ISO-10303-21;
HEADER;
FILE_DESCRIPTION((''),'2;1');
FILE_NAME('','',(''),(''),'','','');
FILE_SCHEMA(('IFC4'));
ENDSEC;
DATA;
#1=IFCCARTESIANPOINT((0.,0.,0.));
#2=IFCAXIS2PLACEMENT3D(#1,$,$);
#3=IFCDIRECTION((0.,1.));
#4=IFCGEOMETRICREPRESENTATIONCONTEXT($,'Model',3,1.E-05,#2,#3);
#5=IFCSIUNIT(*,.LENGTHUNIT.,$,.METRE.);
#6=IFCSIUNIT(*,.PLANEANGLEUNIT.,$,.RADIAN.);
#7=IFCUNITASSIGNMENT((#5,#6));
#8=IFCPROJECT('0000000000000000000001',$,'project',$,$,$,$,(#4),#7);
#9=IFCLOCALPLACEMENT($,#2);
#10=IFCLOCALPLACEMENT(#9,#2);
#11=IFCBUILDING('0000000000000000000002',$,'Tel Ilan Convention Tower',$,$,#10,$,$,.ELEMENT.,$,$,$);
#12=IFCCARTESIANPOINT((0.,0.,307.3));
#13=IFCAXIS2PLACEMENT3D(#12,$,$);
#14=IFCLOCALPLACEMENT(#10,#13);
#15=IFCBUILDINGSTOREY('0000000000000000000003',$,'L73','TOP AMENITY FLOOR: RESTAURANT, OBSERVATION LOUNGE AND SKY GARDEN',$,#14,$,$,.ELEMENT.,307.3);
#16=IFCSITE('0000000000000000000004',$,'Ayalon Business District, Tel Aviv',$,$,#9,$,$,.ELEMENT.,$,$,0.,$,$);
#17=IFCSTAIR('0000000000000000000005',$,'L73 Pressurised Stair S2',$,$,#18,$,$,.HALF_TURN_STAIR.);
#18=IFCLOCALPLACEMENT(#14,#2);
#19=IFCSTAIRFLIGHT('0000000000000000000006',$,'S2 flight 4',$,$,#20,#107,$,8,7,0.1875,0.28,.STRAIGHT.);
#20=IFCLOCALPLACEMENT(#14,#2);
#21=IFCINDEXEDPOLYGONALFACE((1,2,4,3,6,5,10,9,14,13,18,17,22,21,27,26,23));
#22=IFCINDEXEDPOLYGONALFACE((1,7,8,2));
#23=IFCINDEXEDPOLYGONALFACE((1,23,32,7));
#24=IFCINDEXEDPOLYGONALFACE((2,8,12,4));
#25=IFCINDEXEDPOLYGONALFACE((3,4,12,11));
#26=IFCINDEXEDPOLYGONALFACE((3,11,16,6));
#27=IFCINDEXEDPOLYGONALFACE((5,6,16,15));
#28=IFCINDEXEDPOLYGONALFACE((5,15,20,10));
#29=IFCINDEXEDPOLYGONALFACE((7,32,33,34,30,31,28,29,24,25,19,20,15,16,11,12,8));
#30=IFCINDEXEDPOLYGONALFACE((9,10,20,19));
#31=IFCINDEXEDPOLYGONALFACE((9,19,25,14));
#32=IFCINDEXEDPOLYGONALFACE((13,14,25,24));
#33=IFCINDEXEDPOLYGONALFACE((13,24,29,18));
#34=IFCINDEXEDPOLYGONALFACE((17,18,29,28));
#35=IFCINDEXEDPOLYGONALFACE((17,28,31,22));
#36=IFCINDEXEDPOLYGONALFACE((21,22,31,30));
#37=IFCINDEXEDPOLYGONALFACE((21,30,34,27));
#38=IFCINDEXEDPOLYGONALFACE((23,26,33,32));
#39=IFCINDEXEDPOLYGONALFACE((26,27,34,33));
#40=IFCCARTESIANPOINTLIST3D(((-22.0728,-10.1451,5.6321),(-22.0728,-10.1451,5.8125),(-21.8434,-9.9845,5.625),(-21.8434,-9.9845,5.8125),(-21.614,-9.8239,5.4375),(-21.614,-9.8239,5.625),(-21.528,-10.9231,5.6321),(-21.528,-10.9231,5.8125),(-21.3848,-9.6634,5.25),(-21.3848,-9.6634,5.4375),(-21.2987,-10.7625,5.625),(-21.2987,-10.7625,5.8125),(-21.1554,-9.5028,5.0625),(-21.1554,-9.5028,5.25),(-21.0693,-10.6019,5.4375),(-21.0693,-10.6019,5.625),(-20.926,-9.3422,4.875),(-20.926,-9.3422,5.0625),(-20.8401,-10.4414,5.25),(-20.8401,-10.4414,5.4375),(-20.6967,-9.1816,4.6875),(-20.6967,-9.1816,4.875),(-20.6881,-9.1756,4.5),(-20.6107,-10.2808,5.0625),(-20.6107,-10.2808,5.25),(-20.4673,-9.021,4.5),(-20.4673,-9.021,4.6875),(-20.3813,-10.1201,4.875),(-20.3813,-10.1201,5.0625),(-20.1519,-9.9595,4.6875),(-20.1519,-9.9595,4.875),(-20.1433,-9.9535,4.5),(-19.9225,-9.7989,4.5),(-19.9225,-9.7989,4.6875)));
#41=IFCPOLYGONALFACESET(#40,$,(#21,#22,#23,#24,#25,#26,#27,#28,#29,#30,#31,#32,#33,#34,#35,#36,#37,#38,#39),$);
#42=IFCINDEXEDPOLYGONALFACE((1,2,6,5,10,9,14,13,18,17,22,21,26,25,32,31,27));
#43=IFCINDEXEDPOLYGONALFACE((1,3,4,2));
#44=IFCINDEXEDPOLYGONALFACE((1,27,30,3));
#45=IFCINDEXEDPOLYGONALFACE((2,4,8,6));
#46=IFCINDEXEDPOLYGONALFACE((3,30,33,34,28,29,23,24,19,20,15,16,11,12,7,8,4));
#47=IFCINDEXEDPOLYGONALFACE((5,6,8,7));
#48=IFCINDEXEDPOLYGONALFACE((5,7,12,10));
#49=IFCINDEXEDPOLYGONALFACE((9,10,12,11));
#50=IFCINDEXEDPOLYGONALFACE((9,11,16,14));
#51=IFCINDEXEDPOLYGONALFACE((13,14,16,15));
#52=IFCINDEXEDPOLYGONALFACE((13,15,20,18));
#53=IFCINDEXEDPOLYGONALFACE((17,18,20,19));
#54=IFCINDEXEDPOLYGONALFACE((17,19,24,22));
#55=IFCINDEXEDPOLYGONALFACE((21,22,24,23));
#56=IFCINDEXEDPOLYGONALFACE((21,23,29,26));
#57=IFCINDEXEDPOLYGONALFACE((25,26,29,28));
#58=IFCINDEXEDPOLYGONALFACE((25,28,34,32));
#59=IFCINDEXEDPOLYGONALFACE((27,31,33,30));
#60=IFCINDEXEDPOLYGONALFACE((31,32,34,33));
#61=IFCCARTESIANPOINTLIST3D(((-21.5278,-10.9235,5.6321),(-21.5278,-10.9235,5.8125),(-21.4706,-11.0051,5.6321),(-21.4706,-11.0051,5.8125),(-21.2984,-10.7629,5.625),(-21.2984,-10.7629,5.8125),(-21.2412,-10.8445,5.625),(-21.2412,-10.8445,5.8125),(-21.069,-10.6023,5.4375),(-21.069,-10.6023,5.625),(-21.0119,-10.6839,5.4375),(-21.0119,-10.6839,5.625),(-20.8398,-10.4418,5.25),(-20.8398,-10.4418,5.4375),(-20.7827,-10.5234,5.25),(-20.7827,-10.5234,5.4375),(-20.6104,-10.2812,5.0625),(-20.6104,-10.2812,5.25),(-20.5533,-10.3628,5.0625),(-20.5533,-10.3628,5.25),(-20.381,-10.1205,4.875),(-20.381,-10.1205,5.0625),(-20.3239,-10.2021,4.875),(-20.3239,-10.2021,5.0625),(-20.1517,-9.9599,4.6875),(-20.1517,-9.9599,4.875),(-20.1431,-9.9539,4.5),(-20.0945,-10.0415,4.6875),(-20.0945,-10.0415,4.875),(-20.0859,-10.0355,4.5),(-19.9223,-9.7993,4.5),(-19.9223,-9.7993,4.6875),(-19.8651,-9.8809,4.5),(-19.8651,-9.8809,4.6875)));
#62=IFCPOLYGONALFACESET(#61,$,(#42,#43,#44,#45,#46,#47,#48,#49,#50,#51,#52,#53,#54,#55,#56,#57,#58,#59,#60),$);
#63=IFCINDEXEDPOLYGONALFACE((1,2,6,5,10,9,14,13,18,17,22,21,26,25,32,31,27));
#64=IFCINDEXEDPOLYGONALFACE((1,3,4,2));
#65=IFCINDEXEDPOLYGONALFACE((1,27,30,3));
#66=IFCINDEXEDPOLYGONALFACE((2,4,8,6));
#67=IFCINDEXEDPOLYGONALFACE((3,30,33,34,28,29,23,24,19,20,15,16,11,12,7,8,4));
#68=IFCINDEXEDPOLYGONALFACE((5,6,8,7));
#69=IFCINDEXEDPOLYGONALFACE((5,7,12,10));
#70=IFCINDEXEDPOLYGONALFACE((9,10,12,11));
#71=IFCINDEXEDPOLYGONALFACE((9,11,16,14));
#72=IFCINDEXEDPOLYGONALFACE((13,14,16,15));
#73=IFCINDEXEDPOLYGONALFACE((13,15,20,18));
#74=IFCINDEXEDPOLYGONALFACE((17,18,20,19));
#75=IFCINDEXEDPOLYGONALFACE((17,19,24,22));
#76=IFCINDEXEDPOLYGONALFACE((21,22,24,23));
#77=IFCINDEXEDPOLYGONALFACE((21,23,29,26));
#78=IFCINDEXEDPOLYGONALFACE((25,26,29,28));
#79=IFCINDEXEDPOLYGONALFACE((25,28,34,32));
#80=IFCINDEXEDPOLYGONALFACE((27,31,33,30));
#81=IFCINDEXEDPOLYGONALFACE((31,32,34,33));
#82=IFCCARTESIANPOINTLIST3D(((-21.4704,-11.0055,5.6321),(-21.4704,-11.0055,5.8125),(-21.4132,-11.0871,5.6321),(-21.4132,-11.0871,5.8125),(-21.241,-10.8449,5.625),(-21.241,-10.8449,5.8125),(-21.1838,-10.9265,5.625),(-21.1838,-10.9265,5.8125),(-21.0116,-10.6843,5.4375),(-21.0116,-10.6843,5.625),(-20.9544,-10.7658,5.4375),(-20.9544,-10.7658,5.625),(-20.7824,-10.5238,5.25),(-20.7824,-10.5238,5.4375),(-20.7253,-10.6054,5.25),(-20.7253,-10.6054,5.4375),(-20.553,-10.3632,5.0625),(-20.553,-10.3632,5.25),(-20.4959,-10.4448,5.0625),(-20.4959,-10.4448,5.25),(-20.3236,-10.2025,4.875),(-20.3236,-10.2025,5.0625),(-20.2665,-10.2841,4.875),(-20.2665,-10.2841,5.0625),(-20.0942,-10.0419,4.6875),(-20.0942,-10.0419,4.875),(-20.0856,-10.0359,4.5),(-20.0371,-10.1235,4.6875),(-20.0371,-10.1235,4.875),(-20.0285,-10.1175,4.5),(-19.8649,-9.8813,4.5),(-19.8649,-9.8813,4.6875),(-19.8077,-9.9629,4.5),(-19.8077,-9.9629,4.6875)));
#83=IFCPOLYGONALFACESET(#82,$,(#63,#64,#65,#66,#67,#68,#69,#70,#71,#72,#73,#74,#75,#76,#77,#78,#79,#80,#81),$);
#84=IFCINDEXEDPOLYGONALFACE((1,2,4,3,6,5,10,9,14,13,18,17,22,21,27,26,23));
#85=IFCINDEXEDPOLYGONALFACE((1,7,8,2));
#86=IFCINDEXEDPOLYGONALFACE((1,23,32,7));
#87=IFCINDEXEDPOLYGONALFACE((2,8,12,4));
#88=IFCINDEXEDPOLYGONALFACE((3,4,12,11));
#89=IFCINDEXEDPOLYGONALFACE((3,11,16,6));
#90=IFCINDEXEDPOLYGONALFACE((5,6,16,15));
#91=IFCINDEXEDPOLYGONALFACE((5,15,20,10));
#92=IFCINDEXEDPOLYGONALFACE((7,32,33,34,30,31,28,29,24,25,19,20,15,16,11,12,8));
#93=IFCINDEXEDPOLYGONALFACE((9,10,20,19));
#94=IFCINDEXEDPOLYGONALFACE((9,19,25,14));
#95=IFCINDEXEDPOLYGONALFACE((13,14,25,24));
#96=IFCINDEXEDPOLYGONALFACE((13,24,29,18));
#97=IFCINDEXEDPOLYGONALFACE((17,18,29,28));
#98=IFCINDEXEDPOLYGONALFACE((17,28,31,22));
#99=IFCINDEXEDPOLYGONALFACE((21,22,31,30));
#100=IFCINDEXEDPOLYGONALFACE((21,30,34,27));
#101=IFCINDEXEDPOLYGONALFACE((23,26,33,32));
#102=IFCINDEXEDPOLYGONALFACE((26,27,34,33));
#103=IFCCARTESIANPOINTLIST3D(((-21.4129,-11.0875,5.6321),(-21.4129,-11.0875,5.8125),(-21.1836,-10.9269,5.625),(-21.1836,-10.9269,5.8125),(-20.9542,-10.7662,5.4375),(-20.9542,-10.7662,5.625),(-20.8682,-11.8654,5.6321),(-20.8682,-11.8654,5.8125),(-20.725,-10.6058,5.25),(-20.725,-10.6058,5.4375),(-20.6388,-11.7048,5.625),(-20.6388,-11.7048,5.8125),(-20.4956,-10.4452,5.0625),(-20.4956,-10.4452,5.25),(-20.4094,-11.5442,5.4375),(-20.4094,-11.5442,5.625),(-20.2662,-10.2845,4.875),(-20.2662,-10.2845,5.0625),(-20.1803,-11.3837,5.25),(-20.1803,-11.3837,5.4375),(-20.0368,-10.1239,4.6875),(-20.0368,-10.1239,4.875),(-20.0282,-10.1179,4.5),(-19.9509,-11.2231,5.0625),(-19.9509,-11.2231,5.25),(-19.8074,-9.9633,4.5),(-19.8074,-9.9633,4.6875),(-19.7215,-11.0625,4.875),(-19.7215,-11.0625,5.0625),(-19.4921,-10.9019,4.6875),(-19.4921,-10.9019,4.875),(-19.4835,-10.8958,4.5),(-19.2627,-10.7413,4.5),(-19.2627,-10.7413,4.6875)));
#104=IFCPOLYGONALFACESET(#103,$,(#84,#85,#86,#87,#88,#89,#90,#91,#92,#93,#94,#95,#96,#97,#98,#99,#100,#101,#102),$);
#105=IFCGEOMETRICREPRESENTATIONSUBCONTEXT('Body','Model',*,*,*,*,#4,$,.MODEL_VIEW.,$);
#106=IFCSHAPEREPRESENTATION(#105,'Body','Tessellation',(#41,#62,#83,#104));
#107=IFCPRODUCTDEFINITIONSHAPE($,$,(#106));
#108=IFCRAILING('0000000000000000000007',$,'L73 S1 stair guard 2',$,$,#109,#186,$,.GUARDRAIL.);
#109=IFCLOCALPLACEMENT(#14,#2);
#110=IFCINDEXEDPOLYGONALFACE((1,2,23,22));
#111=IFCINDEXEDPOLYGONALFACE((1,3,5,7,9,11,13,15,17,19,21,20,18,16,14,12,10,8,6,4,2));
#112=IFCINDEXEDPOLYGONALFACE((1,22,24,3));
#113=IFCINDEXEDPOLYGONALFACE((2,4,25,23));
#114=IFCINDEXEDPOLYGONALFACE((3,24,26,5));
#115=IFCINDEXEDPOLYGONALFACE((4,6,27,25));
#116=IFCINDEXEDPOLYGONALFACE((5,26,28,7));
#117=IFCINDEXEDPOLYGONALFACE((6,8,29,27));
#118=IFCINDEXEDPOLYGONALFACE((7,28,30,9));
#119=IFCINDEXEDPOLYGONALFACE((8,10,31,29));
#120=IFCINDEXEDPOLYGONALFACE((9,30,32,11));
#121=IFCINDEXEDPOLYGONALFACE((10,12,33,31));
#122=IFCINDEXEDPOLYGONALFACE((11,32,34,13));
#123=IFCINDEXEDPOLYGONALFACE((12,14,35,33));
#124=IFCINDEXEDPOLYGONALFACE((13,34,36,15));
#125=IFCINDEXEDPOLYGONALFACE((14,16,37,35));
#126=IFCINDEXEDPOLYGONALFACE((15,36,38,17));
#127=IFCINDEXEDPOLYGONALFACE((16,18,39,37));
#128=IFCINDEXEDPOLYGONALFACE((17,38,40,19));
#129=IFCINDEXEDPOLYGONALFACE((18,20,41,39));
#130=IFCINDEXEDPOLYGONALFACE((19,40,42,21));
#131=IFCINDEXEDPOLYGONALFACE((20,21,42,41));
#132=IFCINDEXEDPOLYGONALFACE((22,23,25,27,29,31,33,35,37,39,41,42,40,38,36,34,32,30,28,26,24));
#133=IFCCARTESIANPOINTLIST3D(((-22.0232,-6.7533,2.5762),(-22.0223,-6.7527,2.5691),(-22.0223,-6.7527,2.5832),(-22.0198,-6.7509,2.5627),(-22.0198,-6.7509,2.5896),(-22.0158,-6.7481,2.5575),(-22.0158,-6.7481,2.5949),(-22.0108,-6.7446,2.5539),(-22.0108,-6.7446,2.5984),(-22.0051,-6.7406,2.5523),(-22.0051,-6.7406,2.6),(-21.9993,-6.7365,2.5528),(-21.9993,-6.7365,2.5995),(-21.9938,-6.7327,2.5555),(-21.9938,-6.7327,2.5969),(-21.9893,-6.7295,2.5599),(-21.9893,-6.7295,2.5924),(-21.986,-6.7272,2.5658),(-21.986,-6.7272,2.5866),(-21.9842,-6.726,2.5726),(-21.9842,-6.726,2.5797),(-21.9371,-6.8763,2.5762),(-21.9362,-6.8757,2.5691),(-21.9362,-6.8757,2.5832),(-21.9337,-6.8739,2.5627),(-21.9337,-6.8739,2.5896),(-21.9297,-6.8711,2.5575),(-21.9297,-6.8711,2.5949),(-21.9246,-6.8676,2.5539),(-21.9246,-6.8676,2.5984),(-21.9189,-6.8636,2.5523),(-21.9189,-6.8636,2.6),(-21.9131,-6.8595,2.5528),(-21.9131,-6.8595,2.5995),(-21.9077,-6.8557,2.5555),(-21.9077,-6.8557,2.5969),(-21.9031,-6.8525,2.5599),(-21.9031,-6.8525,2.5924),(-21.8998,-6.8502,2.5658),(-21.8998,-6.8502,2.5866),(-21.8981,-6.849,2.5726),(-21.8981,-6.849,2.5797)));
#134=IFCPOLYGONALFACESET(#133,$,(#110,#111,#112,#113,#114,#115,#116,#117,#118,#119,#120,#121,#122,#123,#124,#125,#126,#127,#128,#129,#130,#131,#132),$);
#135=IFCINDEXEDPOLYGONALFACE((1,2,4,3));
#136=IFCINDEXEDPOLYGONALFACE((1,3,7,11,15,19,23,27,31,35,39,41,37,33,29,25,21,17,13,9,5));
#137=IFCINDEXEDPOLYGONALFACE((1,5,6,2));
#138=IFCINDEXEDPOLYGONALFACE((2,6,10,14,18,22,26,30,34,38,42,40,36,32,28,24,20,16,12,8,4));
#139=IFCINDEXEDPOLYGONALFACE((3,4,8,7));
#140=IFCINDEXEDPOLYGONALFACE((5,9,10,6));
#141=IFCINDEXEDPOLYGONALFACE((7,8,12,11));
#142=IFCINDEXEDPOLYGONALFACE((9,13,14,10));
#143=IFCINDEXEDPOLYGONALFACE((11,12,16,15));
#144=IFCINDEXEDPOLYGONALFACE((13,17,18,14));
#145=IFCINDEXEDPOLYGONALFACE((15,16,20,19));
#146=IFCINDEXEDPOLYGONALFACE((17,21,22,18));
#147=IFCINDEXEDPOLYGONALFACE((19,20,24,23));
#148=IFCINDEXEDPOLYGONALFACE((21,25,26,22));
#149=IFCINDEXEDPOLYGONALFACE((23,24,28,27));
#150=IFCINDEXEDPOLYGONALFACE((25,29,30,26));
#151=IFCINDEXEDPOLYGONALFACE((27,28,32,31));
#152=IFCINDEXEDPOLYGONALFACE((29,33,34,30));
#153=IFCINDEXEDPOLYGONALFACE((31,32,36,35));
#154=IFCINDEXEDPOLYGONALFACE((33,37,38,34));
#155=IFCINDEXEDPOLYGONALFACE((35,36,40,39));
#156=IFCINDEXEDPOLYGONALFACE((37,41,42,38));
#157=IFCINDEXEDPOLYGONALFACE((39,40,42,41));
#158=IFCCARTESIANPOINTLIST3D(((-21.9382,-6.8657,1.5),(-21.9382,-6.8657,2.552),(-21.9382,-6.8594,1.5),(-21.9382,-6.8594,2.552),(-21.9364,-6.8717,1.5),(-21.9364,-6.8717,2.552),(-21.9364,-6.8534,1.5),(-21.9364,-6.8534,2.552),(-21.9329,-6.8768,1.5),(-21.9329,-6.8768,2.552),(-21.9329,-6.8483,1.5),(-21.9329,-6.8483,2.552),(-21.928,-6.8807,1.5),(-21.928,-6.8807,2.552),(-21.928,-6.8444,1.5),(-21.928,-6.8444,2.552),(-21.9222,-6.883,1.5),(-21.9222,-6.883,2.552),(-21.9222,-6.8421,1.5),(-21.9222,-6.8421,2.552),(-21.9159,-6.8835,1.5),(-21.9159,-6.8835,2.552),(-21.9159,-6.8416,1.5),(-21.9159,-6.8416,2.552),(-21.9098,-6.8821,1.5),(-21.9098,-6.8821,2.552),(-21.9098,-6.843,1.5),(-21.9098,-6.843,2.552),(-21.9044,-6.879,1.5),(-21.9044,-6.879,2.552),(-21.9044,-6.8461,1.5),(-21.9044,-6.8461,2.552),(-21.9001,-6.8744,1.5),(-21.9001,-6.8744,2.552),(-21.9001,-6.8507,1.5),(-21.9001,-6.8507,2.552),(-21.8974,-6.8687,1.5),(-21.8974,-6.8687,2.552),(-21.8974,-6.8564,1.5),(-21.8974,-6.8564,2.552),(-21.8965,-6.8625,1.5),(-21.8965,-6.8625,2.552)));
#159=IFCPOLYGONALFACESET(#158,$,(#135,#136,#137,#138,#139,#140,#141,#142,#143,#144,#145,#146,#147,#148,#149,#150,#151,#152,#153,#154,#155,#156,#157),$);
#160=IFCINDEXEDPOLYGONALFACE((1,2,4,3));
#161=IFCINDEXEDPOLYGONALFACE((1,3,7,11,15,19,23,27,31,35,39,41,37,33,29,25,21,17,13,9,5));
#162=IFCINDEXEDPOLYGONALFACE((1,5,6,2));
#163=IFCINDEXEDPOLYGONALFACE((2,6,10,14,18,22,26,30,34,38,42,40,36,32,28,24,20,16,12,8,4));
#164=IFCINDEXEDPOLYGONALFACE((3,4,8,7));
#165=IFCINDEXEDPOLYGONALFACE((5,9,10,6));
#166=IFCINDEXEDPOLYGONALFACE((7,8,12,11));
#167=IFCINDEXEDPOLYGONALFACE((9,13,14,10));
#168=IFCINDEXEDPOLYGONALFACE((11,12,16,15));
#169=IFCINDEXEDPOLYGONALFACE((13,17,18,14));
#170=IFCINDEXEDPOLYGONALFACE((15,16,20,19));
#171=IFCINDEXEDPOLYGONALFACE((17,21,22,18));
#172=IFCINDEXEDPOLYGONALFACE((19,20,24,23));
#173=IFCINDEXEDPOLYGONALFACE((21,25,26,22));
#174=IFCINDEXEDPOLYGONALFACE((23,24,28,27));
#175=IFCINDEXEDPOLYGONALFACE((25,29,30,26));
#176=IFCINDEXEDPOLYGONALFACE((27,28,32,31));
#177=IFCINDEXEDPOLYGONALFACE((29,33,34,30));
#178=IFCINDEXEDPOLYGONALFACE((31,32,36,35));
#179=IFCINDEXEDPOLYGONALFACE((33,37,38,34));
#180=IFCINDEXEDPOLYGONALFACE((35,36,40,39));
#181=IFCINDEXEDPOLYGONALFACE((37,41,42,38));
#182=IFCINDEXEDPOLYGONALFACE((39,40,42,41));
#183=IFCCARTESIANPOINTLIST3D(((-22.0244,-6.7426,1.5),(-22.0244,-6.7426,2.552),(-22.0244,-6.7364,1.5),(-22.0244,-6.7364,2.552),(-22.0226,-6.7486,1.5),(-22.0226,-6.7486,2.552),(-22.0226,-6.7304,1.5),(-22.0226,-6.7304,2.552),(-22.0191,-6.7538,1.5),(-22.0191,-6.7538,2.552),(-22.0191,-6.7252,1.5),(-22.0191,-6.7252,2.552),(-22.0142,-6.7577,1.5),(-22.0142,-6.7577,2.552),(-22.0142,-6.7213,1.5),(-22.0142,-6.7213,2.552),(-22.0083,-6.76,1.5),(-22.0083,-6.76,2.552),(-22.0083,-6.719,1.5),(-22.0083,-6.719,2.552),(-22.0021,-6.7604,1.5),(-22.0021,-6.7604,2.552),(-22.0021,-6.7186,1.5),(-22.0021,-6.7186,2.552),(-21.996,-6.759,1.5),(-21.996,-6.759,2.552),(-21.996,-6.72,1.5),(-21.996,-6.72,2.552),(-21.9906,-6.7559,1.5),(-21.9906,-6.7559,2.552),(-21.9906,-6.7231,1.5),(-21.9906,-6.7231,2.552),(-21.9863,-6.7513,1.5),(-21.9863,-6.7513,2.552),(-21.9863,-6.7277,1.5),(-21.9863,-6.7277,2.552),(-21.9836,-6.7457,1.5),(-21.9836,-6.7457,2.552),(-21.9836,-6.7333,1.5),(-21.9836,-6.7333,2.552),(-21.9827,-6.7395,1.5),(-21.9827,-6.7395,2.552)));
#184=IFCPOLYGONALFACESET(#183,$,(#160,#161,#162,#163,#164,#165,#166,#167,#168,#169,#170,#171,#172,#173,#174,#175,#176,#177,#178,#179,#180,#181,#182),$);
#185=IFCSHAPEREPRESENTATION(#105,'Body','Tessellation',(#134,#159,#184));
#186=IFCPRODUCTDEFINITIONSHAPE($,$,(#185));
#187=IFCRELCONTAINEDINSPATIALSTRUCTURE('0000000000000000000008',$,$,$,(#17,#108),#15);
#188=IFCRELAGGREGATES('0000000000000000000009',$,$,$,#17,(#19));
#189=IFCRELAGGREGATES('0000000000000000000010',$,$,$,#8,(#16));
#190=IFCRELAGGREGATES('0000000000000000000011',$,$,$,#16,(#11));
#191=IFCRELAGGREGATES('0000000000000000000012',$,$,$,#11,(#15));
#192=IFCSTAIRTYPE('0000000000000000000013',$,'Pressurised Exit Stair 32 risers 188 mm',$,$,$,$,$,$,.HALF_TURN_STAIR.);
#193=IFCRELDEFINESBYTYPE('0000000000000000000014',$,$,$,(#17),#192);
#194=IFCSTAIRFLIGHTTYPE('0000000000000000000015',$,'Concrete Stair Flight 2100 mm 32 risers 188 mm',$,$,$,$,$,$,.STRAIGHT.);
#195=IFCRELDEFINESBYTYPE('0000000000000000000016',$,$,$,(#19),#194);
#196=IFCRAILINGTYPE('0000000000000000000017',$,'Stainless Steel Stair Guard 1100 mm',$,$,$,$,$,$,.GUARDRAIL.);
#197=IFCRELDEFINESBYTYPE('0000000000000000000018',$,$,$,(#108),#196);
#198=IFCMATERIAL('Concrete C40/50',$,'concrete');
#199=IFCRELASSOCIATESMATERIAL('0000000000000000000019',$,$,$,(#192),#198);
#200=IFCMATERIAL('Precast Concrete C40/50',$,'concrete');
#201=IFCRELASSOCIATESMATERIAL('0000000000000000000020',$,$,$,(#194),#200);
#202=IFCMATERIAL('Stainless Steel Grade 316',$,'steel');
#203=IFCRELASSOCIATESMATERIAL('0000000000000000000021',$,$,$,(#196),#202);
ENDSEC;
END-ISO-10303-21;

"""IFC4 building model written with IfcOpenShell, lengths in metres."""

from ifc_helpers import new_model, si_unit, direction, frame, origin, origin_2d, place, context, subcontext, project, spatial, polyline, circle, outline, extrude, material, type_object, element, aggregate, save


model = new_model("IFC4")

# Units and contexts
model_context = context("Model", 3, precision=1e-05, world=origin(), true_north=direction((0.0, 1.0)))
body_context = subcontext(model_context, "Body", "Model", "MODEL_VIEW")
ifc_project = project(units=[si_unit("LENGTHUNIT", "METRE"), si_unit("PLANEANGLEUNIT", "RADIAN")], contexts=[model_context])

# Site, building, storey
site_placement = place(None, origin())
site = spatial("IfcSite", under=ifc_project, at=site_placement, Name="Ayalon Business District, Tel Aviv", CompositionType="ELEMENT", RefElevation=0.0)
building_placement = place(site_placement, origin())
building = spatial("IfcBuilding", under=site, at=building_placement, Name="Tel Ilan Convention Tower", CompositionType="ELEMENT")
storey_placement = place(building_placement, frame((0.0, 0.0, 307.3)))
storey = spatial("IfcBuildingStorey", under=building, at=storey_placement, Name="L73", Description="TOP AMENITY FLOOR: RESTAURANT, OBSERVATION LOUNGE AND SKY GARDEN", CompositionType="ELEMENT", Elevation=307.3)

# Stair, stair flight
ifc_material_1 = material(Name="Concrete C40/50", Category="concrete")
stair_type = type_object("IfcStairType", Name="Pressurised Exit Stair 32 risers 188 mm", PredefinedType="HALF_TURN_STAIR", material=ifc_material_1)
ifc_material_2 = material(Name="Precast Concrete C40/50", Category="concrete")
stair_flight_type = type_object("IfcStairFlightType", Name="Concrete Stair Flight 2100 mm 32 risers 188 mm", PredefinedType="STRAIGHT", material=ifc_material_2)
stair_1_placement = place(storey_placement, origin())
stair_1 = element("IfcStair", 1, at=stair_1_placement, inside=storey, type_object=stair_type, Name="L73 Pressurised Stair S2", PredefinedType="HALF_TURN_STAIR")
stair_flight_1_placement = place(storey_placement, frame((-19.865, -9.8811, 4.5), z_axis=(0.0, 0.0, 1.0), x_axis=(-0.819152, -0.573576, 0.0)))
stair_flight_1 = element("IfcStairFlight", 2, at=stair_flight_1_placement, type_object=stair_flight_type, Name="S2 flight 4", NumberOfRisers=8, NumberOfTreads=7, PredefinedType="STRAIGHT", RiserHeight=0.1875, TreadLength=0.28, context=body_context, shape_type="SweptSolid", body=[
    extrude(outline(polyline([(0.0, 0.0), (0.0, 0.1875), (0.28, 0.1875), (0.28, 0.375), (0.5601, 0.375), (0.5601, 0.5625), (0.8401, 0.5625), (0.8401, 0.75), (1.1201, 0.75), (1.1201, 0.9375), (1.3999, 0.9375), (1.3999, 1.125), (1.6799, 1.125), (1.6799, 1.3125), (1.96, 1.3125), (1.96, 1.5), (1.96, 1.1321), (0.2695, 0.0), (0.0, 0.0)])), frame((0.0, -0.1003, 0.0), z_axis=(0.0, -1.0, 0.0), x_axis=(1.0, 0.0, 0.0)), (0.0, 0.0, 1.0), 0.9497),
    extrude(outline(polyline([(0.0, 0.0), (0.0, 0.1875), (0.28, 0.1875), (0.28, 0.375), (0.5601, 0.375), (0.5601, 0.5625), (0.8401, 0.5625), (0.8401, 0.75), (1.1201, 0.75), (1.1201, 0.9375), (1.3999, 0.9375), (1.3999, 1.125), (1.6799, 1.125), (1.6799, 1.3125), (1.96, 1.3125), (1.96, 1.5), (1.96, 1.1321), (0.2695, 0.0), (0.0, 0.0)])), frame((0.0, -0.0002, 0.0), z_axis=(0.0, -1.0, 0.0), x_axis=(1.0, 0.0, 0.0)), (0.0, 0.0, 1.0), 0.0996),
    extrude(outline(polyline([(0.0, 0.0), (0.0, 0.1875), (0.28, 0.1875), (0.28, 0.375), (0.5601, 0.375), (0.5601, 0.5625), (0.8401, 0.5625), (0.8401, 0.75), (1.1201, 0.75), (1.1201, 0.9375), (1.3999, 0.9375), (1.3999, 1.125), (1.6799, 1.125), (1.6799, 1.3125), (1.96, 1.3125), (1.96, 1.5), (1.96, 1.1321), (0.2695, 0.0), (0.0, 0.0)])), frame((0.0, 0.0999, 0.0), z_axis=(0.0, -1.0, 0.0), x_axis=(1.0, 0.0, 0.0)), (0.0, 0.0, 1.0), 0.0996),
    extrude(outline(polyline([(0.0, 0.0), (0.0, 0.1875), (0.28, 0.1875), (0.28, 0.375), (0.5601, 0.375), (0.5601, 0.5625), (0.8401, 0.5625), (0.8401, 0.75), (1.1201, 0.75), (1.1201, 0.9375), (1.3999, 0.9375), (1.3999, 1.125), (1.6799, 1.125), (1.6799, 1.3125), (1.96, 1.3125), (1.96, 1.5), (1.96, 1.1321), (0.2695, 0.0), (0.0, 0.0)])), frame((0.0, 1.05, 0.0), z_axis=(0.0, -1.0, 0.0), x_axis=(1.0, 0.0, 0.0)), (0.0, 0.0, 1.0), 0.9497),
])
aggregate(stair_1, [stair_flight_1])

# Railing
ifc_material_3 = material(Name="Stainless Steel Grade 316", Category="steel")
railing_type_1 = type_object("IfcRailingType", Name="Stainless Steel Stair Guard 1100 mm", PredefinedType="GUARDRAIL", material=ifc_material_3)
railing_1_placement = place(storey_placement, frame((-21.9175, -6.8625, 1.5)))
element("IfcRailing", 3, at=railing_1_placement, inside=storey, type_object=railing_type_1, Name="L73 S1 stair guard 2", PredefinedType="GUARDRAIL", context=body_context, shape_type="SweptSolid", body=[
    extrude(circle(Radius=0.0239, at=origin_2d()), frame((0.0, 0.0, 1.0762), z_axis=(-0.57368, 0.819079, 0.0), x_axis=(-0.819079, -0.57368, 0.0)), (0.0, 0.0, 1.0), 0.1501),
    extrude(circle(Radius=0.021, at=origin_2d()), origin(), (0.0, 0.0, 1.0), 1.052),
    extrude(circle(Radius=0.021, at=origin_2d()), frame((-0.0862, 0.123, 0.0)), (0.0, 0.0, 1.0), 1.052),
])

save(model, "model.ifc")
